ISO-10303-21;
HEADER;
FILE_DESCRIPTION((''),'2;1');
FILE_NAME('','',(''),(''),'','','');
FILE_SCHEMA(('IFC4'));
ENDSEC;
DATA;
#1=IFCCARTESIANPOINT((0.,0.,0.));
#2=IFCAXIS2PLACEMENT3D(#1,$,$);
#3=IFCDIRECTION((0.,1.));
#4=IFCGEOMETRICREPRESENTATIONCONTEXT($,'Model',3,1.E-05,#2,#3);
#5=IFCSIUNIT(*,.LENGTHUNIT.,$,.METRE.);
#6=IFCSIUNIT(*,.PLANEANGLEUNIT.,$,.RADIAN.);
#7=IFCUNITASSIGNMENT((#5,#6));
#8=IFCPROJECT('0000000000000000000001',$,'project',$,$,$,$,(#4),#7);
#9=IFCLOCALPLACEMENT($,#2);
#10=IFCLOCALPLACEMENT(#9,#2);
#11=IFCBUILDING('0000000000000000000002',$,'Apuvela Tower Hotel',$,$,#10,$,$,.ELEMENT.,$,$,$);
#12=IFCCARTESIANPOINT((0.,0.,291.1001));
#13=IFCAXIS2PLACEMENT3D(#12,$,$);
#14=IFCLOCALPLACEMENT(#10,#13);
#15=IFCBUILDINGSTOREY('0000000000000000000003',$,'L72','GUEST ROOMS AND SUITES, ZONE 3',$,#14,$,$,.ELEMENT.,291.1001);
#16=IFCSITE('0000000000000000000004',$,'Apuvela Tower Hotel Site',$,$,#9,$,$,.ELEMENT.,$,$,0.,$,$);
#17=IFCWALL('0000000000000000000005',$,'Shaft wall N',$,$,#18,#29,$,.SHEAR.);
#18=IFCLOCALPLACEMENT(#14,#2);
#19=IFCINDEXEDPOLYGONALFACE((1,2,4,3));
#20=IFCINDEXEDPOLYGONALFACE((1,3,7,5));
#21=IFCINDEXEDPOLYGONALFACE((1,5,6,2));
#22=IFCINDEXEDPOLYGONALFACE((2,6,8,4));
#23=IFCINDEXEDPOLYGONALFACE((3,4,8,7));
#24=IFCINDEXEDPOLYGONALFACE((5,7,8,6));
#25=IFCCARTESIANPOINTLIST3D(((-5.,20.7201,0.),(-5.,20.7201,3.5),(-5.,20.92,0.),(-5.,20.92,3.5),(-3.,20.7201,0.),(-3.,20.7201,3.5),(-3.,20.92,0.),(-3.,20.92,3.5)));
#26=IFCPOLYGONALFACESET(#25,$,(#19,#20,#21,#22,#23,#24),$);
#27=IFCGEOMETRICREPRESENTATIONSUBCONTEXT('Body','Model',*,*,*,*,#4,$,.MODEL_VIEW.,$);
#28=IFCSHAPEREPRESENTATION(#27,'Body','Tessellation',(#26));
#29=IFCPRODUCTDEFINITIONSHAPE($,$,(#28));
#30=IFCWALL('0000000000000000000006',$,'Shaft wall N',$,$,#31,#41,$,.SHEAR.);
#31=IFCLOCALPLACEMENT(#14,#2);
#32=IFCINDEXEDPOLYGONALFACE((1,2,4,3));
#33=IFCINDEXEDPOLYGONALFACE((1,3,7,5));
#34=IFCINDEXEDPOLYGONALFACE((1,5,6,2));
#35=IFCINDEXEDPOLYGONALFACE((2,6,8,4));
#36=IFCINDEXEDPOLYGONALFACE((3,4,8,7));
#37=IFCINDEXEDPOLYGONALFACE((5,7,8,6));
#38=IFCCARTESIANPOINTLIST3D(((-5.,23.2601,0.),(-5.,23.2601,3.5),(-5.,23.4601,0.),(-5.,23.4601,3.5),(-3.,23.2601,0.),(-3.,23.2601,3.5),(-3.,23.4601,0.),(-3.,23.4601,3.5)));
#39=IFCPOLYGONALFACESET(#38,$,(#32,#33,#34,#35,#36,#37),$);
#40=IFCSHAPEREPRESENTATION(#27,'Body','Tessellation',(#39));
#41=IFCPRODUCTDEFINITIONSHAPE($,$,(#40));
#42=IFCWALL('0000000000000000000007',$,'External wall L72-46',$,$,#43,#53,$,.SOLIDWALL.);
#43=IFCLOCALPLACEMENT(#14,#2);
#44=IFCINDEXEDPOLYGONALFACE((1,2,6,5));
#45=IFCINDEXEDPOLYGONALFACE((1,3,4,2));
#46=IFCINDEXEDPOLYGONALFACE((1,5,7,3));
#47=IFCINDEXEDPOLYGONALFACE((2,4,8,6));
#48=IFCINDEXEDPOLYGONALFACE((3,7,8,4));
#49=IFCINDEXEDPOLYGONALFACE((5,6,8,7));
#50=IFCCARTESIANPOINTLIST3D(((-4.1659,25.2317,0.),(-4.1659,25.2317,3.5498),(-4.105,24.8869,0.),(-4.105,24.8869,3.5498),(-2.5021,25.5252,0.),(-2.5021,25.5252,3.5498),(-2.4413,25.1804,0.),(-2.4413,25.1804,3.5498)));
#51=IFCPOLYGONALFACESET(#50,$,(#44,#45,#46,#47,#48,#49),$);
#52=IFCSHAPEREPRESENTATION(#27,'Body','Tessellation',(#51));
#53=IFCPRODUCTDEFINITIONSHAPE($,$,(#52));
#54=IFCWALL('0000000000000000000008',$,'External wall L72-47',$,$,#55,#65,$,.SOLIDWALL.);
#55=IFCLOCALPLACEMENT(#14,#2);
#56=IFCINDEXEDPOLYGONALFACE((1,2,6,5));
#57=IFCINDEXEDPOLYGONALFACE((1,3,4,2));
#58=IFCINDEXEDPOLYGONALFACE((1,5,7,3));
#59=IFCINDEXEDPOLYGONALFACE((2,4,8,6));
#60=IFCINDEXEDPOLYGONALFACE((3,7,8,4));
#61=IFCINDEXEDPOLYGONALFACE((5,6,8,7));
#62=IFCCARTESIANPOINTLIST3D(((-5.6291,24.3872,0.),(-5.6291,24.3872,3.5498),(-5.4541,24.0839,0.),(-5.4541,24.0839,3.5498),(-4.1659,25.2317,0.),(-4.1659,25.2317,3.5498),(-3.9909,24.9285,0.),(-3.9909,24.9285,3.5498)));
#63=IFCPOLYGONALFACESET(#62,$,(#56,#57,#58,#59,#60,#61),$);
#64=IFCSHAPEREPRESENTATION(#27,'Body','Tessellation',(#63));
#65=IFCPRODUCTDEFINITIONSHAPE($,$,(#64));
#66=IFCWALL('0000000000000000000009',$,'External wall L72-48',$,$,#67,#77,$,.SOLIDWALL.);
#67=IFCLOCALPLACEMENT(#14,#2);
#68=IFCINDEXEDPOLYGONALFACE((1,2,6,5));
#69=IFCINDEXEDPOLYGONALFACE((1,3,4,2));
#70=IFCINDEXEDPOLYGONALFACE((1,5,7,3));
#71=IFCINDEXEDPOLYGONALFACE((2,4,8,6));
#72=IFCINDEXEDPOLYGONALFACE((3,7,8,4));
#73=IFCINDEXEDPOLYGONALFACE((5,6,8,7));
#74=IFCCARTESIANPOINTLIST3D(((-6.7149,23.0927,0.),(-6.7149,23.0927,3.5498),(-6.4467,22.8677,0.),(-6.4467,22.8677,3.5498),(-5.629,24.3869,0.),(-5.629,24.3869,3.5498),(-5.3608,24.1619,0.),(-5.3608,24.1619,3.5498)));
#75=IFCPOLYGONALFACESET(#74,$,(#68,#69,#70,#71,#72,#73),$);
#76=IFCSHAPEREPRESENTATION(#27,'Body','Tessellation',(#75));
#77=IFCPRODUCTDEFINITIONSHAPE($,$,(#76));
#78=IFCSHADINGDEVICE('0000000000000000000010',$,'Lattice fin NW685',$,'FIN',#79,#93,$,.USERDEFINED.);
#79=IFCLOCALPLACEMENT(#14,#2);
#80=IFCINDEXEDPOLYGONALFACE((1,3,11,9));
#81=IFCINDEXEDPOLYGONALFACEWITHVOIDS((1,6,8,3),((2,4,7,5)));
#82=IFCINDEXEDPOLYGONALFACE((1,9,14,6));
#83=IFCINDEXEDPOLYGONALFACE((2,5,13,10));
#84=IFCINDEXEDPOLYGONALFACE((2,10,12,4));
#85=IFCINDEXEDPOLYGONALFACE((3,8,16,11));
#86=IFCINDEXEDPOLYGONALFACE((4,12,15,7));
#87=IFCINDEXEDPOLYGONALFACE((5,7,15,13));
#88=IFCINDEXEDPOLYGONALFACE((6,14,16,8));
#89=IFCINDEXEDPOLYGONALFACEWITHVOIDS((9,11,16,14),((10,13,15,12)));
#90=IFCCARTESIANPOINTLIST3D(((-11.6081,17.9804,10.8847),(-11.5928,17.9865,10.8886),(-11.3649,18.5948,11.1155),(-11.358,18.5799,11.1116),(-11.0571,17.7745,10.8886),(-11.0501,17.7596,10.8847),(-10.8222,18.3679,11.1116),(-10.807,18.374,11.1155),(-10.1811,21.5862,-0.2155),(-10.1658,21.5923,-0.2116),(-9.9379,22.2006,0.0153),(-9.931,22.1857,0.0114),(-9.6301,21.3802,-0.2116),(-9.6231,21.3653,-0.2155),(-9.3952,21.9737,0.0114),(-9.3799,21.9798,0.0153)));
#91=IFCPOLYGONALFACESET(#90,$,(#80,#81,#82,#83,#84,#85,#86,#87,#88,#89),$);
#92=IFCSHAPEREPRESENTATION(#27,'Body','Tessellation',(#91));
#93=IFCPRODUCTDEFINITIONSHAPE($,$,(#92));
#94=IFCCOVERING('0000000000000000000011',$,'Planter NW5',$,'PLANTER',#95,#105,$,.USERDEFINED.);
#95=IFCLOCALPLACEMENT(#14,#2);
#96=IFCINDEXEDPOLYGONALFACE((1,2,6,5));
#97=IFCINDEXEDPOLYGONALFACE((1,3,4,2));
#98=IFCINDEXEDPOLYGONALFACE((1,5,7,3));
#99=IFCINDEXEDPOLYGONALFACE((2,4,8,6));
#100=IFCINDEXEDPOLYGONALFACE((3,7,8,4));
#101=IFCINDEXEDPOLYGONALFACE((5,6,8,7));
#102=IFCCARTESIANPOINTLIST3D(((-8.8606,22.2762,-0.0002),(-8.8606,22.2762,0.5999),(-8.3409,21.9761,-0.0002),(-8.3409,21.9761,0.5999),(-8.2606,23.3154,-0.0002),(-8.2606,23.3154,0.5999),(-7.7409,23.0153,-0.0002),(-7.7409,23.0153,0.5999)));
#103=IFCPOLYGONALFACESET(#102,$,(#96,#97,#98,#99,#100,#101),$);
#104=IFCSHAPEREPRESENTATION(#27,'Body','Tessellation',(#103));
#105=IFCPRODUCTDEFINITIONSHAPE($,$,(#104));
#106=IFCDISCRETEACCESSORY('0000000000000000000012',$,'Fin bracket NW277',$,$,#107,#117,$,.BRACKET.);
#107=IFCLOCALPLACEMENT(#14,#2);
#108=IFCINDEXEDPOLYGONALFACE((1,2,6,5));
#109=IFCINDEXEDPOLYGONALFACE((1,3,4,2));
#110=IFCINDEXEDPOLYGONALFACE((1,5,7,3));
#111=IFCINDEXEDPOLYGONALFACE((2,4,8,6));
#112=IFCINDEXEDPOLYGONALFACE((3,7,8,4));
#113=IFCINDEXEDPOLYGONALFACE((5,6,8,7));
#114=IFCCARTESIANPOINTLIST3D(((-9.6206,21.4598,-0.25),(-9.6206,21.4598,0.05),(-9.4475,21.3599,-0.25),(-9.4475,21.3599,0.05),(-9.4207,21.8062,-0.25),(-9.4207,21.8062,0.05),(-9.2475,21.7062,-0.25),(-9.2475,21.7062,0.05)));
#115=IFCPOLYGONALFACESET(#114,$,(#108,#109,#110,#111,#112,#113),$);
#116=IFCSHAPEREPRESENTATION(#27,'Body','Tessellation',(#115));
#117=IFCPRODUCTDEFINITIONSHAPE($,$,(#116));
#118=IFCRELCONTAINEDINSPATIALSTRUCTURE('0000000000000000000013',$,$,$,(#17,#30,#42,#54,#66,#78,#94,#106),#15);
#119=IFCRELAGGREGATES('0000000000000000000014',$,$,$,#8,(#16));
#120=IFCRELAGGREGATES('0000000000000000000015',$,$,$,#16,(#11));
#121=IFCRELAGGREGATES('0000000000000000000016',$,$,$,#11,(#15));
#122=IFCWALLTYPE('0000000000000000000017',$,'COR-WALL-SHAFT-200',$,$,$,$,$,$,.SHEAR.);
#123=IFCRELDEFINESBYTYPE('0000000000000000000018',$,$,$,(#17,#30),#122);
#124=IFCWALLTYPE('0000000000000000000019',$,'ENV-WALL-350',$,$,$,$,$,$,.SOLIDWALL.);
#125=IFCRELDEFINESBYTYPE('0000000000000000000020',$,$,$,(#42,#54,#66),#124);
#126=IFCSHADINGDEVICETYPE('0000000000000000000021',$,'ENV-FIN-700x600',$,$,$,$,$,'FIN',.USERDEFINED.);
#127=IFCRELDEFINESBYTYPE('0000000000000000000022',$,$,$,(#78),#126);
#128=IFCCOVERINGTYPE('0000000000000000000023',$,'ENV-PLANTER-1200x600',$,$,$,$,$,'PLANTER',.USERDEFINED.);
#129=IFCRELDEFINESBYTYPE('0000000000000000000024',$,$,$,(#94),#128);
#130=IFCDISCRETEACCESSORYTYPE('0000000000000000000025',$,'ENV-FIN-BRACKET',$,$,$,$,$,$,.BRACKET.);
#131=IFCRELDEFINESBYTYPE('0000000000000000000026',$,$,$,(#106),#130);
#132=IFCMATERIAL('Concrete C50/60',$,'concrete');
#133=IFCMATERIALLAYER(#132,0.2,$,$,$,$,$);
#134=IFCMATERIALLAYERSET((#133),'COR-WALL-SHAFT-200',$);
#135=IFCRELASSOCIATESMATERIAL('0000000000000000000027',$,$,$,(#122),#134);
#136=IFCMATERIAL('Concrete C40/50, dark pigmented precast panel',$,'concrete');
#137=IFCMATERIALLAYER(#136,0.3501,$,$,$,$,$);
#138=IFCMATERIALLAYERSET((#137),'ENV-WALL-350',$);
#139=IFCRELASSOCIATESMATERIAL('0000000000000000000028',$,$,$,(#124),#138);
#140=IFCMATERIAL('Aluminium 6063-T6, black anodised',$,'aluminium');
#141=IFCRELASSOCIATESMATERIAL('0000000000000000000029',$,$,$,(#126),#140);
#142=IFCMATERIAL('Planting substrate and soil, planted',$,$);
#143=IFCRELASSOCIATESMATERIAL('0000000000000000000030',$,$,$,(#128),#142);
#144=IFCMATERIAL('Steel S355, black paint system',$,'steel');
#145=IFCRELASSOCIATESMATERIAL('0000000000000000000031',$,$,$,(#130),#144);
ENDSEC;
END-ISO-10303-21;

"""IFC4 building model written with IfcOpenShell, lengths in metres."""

from ifc_helpers import new_model, si_unit, direction, frame, frame_2d, origin, origin_2d, place, context, subcontext, project, spatial, rectangle, hollow_rectangle, extrude, material, layer, layer_set, material_profile, profile_set, type_object, element, save


model = new_model("IFC4")

# Units and contexts
model_context = context("Model", 3, precision=1e-05, world=origin(), true_north=direction((0.0, 1.0)))
body_context = subcontext(model_context, "Body", "Model", "MODEL_VIEW")
ifc_project = project(units=[si_unit("LENGTHUNIT", "METRE"), si_unit("PLANEANGLEUNIT", "RADIAN")], contexts=[model_context])

# Site, building, storey
site_placement = place(None, origin())
site = spatial("IfcSite", under=ifc_project, at=site_placement, Name="Apuvela Tower Hotel Site", CompositionType="ELEMENT", RefElevation=0.0)
building_placement = place(site_placement, origin())
building = spatial("IfcBuilding", under=site, at=building_placement, Name="Apuvela Tower Hotel", CompositionType="ELEMENT")
storey_placement = place(building_placement, frame((0.0, 0.0, 291.1001)))
storey = spatial("IfcBuildingStorey", under=building, at=storey_placement, Name="L72", Description="GUEST ROOMS AND SUITES, ZONE 3", CompositionType="ELEMENT", Elevation=291.1001)

# Shared definitions
ifc_material_1 = material(Name="Concrete C50/60", Category="concrete")
ifc_layer_1 = layer(ifc_material_1, 0.2)
ifc_layer_set_1 = layer_set([ifc_layer_1], Name="COR-WALL-SHAFT-200")
wall_type_1 = type_object("IfcWallType", Name="COR-WALL-SHAFT-200", PredefinedType="SHEAR", material=ifc_layer_set_1)

# Walls
for number, where, z_axis, x_axis, name in (
    (1, (-3.0, 20.8201, 0.0), (0.0, 0.0, 1.0), (-1.0, 0.0, 0.0), "Shaft wall N"),
    (2, (-3.0, 23.3601, 0.0), (0.0, 0.0, 1.0), (-1.0, 0.0, 0.0), "Shaft wall N"),
):
    element("IfcWall", number, at=place(storey_placement, frame(where, z_axis=z_axis, x_axis=x_axis)), inside=storey, type_object=wall_type_1, Name=name, PredefinedType="SHEAR", context=body_context, shape_type="SweptSolid", body=[
        extrude(rectangle(XDim=2.0, YDim=0.2, at=frame_2d((1.0, 0.0))), origin(), (0.0, 0.0, 1.0), 3.5),
    ])

# Shared definitions
ifc_material_2 = material(Name="Concrete C40/50, dark pigmented precast panel", Category="concrete")
ifc_layer_2 = layer(ifc_material_2, 0.3501)
ifc_layer_set_2 = layer_set([ifc_layer_2], Name="ENV-WALL-350")
wall_type_2 = type_object("IfcWallType", Name="ENV-WALL-350", PredefinedType="SOLIDWALL", material=ifc_layer_set_2)

# Walls
for number, where, z_axis, x_axis, name in (
    (3, (-2.4717, 25.3528, 0.0), (0.0, 0.0, 1.0), (-0.9848, -0.173695, 0.0), "External wall L72-46"),
    (4, (-4.0784, 25.0801, 0.0), (0.0, 0.0, 1.0), (-0.866092, -0.499885, 0.0), "External wall L72-47"),
    (5, (-5.4949, 24.2744, 0.0), (0.0, 0.0, 1.0), (-0.642782, -0.766049, 0.0), "External wall L72-48"),
):
    element("IfcWall", number, at=place(storey_placement, frame(where, z_axis=z_axis, x_axis=x_axis)), inside=storey, type_object=wall_type_2, Name=name, PredefinedType="SOLIDWALL", context=body_context, shape_type="SweptSolid", body=[
        extrude(rectangle(XDim=1.6895, YDim=0.3501, at=frame_2d((0.8447, 0.0))), origin(), (0.0, 0.0, 1.0), 3.5498),
    ])

# Shading device
ifc_material_3 = material(Name="Aluminium 6063-T6, black anodised", Category="aluminium")
ifc_material_profile_1 = material_profile(ifc_material_3, hollow_rectangle(XDim=0.6001, YDim=0.7, WallThickness=0.012, at=origin_2d()), Name="AL BOX 700x600x12")
ifc_profile_set_1 = profile_set([ifc_material_profile_1], Name="Aluminium 6063-T6, black anodised")
shading_device_type = type_object("IfcShadingDeviceType", Name="ENV-FIN-700x600", ElementType="FIN", PredefinedType="USERDEFINED", material=ifc_profile_set_1)
shading_device_placement = place(storey_placement, frame((-9.7805, 21.783, -0.1001), z_axis=(-0.121365, -0.306661, 0.944049), x_axis=(0.92983, -0.367991, 0.0)))
element("IfcShadingDevice", 6, at=shading_device_placement, inside=storey, type_object=shading_device_type, Name="Lattice fin NW685", ObjectType="FIN", PredefinedType="USERDEFINED", context=body_context, shape_type="SweptSolid", body=[
    extrude(hollow_rectangle(XDim=0.6001, YDim=0.7, WallThickness=0.012, at=origin_2d()), origin(), (0.0, 0.0, 1.0), 11.7581),
])

# Covering
ifc_material_4 = material(Name="Planting substrate and soil, planted")
covering_type = type_object("IfcCoveringType", Name="ENV-PLANTER-1200x600", ElementType="PLANTER", PredefinedType="USERDEFINED", material=ifc_material_4)
covering_placement = place(storey_placement, frame((-8.3008, 22.6458, -0.0002), z_axis=(0.0, 0.0, 1.0), x_axis=(-0.5, -0.866025, 0.0)))
element("IfcCovering", 7, at=covering_placement, inside=storey, type_object=covering_type, Name="Planter NW5", ObjectType="PLANTER", PredefinedType="USERDEFINED", context=body_context, shape_type="SweptSolid", body=[
    extrude(rectangle(XDim=1.2, YDim=0.6001, at=origin_2d()), origin(), (0.0, 0.0, 1.0), 0.6001),
])

# Discrete accessory
ifc_material_5 = material(Name="Steel S355, black paint system", Category="steel")
discrete_accessory_type = type_object("IfcDiscreteAccessoryType", Name="ENV-FIN-BRACKET", PredefinedType="BRACKET", material=ifc_material_5)
discrete_accessory_placement = place(storey_placement, frame((-9.4341, 21.583, -0.25), z_axis=(0.0, 0.0, 1.0), x_axis=(-0.5, -0.866025, 0.0)))
element("IfcDiscreteAccessory", 8, at=discrete_accessory_placement, inside=storey, type_object=discrete_accessory_type, Name="Fin bracket NW277", PredefinedType="BRACKET", context=body_context, shape_type="SweptSolid", body=[
    extrude(rectangle(XDim=0.3999, YDim=0.2, at=origin_2d()), origin(), (0.0, 0.0, 1.0), 0.3),
])

save(model, "model.ifc")
